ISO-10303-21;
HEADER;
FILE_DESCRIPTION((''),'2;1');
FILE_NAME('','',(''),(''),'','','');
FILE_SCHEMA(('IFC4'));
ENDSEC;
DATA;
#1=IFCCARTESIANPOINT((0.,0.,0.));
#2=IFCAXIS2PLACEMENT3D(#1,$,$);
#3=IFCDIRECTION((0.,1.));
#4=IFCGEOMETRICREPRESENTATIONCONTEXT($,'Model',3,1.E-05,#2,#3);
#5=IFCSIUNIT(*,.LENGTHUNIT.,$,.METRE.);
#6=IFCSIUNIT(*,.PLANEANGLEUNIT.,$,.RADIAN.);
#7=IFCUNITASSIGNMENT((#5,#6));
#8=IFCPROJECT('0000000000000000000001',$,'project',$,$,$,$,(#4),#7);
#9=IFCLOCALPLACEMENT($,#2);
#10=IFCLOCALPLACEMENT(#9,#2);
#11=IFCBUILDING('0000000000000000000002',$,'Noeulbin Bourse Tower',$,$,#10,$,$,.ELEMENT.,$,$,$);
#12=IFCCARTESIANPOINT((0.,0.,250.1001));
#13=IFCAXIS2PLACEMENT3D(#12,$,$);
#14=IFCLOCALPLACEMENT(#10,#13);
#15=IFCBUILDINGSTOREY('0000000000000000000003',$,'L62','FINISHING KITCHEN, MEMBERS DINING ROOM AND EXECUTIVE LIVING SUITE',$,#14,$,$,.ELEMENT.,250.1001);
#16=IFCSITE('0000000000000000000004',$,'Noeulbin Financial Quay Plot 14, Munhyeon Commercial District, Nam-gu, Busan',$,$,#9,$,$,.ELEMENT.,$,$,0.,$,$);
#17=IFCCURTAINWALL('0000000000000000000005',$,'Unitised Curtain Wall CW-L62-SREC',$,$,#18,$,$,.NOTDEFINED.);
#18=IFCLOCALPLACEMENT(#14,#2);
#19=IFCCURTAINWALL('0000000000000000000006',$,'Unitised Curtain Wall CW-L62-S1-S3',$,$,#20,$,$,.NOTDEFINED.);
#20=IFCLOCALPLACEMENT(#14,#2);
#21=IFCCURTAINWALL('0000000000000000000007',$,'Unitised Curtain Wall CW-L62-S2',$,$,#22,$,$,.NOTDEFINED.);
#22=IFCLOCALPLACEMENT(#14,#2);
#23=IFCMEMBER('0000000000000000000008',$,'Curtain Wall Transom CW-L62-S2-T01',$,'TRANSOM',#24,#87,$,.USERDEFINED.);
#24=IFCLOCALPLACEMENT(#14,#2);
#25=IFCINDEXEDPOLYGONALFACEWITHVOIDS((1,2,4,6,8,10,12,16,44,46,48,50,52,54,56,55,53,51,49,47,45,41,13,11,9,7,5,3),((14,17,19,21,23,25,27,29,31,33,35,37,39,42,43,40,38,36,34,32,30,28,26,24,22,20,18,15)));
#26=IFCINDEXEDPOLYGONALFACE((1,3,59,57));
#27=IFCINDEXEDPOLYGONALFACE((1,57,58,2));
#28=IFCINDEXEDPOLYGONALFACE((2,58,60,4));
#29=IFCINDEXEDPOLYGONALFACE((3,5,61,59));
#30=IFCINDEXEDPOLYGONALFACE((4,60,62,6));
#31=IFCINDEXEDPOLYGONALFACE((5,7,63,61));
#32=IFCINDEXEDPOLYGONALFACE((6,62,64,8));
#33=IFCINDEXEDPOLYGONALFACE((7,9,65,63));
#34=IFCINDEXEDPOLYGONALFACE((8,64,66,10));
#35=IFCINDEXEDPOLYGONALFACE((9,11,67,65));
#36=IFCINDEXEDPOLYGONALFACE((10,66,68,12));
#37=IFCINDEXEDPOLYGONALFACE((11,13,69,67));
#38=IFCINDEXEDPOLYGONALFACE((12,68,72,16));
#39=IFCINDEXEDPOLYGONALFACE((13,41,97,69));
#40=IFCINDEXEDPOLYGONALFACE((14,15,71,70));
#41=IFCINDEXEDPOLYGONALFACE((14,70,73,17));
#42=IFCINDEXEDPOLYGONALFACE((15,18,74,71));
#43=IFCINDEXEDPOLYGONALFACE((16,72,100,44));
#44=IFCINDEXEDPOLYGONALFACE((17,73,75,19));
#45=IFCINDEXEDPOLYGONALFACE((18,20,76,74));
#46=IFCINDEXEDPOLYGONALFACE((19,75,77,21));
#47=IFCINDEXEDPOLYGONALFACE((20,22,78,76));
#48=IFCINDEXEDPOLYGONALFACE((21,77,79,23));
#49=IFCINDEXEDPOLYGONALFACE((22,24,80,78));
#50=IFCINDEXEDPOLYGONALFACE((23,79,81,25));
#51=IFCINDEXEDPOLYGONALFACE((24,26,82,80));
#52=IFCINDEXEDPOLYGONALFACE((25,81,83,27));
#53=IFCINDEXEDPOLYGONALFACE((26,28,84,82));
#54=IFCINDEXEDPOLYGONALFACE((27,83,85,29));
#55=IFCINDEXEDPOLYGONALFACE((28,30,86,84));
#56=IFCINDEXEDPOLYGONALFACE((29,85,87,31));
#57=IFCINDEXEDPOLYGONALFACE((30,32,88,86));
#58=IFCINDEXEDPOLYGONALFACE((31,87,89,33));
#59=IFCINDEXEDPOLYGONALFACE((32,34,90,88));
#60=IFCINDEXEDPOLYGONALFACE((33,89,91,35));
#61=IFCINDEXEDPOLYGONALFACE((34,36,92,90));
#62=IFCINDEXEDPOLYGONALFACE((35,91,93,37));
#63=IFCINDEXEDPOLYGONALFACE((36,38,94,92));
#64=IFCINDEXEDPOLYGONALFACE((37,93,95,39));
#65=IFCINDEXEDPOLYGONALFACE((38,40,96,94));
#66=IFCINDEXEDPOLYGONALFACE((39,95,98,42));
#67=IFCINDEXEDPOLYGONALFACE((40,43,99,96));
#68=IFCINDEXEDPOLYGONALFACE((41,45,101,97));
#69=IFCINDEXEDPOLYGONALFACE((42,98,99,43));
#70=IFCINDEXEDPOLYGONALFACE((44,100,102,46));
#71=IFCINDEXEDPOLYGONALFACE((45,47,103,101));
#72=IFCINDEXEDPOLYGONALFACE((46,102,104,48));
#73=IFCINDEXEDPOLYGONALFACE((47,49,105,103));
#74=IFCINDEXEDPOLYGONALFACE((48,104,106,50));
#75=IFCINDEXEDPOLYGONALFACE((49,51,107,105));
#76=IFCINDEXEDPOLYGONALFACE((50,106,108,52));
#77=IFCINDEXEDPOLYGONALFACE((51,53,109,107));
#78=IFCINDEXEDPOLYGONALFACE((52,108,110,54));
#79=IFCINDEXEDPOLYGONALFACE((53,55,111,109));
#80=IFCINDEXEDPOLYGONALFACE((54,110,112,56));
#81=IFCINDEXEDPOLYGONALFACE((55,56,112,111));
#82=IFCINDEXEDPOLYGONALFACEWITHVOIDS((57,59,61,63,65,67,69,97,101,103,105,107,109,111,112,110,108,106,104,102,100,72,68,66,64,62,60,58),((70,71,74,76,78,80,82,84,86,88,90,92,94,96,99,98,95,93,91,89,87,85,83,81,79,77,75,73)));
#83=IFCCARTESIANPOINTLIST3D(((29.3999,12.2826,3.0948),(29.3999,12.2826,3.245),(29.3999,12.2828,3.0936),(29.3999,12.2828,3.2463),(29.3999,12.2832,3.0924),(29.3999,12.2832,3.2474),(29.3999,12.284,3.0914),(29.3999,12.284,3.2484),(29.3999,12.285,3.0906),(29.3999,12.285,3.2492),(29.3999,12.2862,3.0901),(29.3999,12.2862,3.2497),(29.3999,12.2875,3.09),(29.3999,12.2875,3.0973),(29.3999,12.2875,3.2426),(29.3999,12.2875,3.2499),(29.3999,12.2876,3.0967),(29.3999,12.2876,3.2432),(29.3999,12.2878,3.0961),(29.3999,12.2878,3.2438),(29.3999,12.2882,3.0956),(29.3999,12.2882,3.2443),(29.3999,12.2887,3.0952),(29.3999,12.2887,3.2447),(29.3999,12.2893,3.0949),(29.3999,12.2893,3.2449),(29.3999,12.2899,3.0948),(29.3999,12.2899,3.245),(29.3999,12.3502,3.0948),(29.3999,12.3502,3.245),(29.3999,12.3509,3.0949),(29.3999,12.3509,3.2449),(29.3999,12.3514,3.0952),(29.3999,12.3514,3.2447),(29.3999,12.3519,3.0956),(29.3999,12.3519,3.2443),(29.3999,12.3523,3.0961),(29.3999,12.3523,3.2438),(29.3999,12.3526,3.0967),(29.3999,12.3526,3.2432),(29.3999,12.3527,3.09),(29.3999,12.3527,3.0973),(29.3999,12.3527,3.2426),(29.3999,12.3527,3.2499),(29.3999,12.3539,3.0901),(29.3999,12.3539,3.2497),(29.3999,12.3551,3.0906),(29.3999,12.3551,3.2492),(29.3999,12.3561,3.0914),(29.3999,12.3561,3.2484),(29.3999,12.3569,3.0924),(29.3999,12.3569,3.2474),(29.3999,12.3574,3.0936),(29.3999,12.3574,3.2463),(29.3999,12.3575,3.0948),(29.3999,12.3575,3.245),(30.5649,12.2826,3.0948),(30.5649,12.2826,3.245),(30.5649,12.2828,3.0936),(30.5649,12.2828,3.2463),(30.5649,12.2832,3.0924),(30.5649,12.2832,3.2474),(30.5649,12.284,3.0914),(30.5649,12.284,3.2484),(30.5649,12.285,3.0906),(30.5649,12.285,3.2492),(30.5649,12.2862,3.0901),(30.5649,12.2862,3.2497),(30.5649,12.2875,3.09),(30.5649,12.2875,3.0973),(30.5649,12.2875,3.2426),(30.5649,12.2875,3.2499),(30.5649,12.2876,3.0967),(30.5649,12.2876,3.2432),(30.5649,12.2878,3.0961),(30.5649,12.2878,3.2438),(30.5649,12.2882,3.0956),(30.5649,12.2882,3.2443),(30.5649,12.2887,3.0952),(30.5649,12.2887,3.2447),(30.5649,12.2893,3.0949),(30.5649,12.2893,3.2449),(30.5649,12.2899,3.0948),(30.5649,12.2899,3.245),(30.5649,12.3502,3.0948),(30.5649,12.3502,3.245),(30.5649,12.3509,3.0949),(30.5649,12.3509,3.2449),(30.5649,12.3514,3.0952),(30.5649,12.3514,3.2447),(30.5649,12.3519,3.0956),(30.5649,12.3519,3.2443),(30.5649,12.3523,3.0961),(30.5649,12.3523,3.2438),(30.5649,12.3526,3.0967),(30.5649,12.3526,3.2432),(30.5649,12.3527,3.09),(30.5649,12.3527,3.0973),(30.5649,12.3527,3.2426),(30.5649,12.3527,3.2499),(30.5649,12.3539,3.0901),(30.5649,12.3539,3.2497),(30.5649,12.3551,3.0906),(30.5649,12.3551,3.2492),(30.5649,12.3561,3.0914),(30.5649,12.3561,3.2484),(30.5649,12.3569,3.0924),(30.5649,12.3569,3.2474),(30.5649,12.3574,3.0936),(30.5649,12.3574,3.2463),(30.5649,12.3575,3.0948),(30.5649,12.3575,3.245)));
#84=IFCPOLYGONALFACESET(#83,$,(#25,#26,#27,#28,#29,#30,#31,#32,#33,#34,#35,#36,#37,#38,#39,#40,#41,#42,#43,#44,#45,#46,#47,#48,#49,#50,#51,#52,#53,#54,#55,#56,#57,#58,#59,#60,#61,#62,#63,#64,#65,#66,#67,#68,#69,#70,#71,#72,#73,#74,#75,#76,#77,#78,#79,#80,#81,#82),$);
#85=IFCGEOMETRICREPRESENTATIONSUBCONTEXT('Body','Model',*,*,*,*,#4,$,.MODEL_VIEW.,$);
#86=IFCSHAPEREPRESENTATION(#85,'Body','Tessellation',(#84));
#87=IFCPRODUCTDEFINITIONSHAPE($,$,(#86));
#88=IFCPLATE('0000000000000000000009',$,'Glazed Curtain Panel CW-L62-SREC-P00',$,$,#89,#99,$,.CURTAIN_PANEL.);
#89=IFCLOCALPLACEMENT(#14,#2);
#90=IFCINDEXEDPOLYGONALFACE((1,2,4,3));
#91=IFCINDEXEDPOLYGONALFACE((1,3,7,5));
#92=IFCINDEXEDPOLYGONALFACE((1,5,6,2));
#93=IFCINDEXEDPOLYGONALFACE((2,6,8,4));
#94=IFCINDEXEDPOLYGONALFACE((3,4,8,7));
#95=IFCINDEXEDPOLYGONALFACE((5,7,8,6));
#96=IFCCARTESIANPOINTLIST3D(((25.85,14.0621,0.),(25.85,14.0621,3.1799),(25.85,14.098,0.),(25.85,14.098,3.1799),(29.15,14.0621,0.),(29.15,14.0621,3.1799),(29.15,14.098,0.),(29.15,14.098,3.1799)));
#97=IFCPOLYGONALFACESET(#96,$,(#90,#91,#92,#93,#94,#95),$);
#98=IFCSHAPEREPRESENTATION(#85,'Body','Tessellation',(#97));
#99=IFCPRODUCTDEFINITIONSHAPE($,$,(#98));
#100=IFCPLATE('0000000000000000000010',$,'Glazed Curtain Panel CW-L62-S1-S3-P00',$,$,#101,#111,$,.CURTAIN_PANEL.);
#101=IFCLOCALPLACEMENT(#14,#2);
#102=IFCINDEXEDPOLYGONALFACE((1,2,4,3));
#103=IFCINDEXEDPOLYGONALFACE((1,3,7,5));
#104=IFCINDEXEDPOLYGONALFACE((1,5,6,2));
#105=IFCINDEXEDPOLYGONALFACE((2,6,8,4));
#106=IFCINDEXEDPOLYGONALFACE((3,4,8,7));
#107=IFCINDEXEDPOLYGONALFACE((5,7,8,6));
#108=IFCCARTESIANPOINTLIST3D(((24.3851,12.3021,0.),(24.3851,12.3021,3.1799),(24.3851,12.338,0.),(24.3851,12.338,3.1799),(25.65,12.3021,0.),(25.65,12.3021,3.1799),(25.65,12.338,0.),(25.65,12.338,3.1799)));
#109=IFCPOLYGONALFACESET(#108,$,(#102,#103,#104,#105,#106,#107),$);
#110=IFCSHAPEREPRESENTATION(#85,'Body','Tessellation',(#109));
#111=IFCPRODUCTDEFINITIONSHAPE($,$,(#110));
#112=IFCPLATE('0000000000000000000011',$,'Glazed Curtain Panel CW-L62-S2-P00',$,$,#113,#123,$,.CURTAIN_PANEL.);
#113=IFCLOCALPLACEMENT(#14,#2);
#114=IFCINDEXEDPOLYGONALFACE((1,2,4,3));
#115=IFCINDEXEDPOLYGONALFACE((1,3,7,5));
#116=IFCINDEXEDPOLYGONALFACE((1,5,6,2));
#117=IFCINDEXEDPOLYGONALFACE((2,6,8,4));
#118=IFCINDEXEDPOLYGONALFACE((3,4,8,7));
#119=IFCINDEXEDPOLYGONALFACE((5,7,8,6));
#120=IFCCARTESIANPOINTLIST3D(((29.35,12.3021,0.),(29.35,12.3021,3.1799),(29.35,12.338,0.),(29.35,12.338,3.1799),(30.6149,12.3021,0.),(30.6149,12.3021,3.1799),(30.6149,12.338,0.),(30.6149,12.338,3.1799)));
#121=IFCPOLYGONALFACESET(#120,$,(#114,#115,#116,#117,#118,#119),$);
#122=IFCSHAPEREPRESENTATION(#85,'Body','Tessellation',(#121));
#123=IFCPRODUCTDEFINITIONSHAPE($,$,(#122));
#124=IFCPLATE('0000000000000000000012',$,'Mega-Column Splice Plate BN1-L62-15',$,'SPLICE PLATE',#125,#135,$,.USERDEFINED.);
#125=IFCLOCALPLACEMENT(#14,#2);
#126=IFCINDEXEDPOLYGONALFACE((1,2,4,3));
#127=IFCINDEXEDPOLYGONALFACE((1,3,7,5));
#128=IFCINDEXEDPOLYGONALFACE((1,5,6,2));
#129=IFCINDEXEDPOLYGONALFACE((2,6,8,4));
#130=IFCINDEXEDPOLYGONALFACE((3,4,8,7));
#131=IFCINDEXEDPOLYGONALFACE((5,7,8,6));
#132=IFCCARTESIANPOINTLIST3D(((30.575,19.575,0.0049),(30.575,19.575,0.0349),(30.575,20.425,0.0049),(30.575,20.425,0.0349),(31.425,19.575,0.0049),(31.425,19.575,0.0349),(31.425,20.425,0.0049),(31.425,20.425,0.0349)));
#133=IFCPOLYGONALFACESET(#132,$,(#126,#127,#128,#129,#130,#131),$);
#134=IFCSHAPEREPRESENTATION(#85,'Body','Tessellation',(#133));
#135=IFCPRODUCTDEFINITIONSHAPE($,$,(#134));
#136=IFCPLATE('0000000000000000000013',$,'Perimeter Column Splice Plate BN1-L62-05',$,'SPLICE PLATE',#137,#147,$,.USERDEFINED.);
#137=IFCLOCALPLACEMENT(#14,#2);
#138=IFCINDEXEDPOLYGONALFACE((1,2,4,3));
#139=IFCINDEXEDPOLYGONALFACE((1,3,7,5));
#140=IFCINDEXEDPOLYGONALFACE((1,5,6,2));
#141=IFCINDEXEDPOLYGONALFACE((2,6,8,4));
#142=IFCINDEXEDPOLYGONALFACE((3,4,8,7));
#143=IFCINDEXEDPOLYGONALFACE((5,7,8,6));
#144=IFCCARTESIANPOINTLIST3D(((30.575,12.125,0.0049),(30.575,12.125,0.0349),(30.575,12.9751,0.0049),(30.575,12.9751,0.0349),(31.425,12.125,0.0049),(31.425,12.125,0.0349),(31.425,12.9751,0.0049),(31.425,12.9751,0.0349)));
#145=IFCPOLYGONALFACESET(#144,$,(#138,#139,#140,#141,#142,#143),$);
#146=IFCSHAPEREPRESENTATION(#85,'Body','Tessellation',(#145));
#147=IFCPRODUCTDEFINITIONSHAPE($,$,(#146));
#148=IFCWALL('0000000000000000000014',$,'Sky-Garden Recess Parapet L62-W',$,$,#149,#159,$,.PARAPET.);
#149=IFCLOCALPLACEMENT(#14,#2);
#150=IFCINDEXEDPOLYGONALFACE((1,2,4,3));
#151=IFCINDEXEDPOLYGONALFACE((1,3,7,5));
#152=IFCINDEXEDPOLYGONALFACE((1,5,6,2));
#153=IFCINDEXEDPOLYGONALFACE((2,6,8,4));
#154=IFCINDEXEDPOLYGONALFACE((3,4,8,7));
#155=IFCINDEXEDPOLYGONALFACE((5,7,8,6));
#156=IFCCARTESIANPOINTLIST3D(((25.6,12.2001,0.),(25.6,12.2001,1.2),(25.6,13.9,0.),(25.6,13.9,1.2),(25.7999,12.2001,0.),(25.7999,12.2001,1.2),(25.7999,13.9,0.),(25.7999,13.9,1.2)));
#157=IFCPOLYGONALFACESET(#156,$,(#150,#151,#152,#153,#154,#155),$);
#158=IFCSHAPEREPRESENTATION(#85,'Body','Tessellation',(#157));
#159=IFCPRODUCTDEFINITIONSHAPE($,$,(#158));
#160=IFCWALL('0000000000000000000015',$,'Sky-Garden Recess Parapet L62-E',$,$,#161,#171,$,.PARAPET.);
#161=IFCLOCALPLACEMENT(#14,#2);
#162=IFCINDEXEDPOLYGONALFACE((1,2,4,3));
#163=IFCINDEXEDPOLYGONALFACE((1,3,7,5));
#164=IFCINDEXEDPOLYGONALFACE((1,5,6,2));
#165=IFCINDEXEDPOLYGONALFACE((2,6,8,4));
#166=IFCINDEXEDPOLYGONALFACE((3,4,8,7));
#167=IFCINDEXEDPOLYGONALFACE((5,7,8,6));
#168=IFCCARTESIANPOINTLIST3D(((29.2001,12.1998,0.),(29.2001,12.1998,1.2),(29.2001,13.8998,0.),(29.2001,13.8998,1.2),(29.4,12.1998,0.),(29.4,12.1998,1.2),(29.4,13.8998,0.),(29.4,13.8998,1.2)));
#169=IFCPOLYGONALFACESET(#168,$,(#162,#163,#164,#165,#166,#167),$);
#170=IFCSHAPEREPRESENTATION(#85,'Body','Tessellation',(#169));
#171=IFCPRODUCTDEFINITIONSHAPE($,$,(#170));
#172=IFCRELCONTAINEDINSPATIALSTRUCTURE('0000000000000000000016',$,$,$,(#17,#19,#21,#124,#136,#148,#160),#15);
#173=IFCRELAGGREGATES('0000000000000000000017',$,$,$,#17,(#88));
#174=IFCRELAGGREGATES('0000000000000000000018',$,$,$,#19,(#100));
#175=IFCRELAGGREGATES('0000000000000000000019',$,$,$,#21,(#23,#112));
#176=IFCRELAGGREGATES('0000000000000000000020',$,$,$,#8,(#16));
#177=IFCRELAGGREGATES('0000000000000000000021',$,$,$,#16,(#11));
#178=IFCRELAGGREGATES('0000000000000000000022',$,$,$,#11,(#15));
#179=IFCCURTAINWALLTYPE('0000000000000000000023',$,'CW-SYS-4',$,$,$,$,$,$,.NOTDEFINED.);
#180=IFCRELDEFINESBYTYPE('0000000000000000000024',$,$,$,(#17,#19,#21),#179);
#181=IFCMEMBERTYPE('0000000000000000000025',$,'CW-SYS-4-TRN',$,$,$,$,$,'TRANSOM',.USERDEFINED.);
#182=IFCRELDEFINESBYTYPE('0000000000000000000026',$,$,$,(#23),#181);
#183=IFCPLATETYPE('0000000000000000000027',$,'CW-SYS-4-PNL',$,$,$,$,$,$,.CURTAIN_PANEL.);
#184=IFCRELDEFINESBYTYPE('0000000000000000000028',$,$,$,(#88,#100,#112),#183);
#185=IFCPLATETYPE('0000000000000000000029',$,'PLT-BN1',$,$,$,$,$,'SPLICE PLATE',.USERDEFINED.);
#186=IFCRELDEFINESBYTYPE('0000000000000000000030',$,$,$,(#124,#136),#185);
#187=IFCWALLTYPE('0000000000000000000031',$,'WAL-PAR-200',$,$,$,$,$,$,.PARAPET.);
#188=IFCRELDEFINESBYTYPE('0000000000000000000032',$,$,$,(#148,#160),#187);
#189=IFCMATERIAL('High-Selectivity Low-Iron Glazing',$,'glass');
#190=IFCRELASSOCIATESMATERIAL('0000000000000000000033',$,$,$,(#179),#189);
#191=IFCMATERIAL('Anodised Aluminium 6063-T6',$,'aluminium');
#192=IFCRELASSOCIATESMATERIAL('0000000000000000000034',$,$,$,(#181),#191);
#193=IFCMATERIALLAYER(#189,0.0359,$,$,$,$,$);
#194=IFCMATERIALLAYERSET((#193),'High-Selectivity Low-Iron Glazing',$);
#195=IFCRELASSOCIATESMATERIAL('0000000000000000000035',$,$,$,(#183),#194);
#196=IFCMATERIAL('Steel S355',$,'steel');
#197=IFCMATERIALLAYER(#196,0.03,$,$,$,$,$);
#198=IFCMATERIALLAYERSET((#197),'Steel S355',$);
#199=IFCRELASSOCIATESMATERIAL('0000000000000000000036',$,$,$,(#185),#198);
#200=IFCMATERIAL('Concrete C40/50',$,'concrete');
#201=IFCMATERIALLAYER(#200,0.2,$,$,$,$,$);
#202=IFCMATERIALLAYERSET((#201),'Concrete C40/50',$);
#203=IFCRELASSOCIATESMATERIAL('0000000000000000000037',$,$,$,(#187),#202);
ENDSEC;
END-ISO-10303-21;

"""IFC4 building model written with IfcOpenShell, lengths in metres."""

from ifc_helpers import new_model, si_unit, direction, frame, frame_2d, origin, origin_2d, place, context, subcontext, project, spatial, rectangle, hollow_rectangle, extrude, material, layer, layer_set, material_profile, profile_set, type_object, element, aggregate, save


model = new_model("IFC4")

# Units and contexts
model_context = context("Model", 3, precision=1e-05, world=origin(), true_north=direction((0.0, 1.0)))
body_context = subcontext(model_context, "Body", "Model", "MODEL_VIEW")
ifc_project = project(units=[si_unit("LENGTHUNIT", "METRE"), si_unit("PLANEANGLEUNIT", "RADIAN")], contexts=[model_context])

# Site, building, storey
site_placement = place(None, origin())
site = spatial("IfcSite", under=ifc_project, at=site_placement, Name="Noeulbin Financial Quay Plot 14, Munhyeon Commercial District, Nam-gu, Busan", CompositionType="ELEMENT", RefElevation=0.0)
building_placement = place(site_placement, origin())
building = spatial("IfcBuilding", under=site, at=building_placement, Name="Noeulbin Bourse Tower", CompositionType="ELEMENT")
storey_placement = place(building_placement, frame((0.0, 0.0, 250.1001)))
storey = spatial("IfcBuildingStorey", under=building, at=storey_placement, Name="L62", Description="FINISHING KITCHEN, MEMBERS DINING ROOM AND EXECUTIVE LIVING SUITE", CompositionType="ELEMENT", Elevation=250.1001)

# Shared definitions
ifc_material_1 = material(Name="Steel S355", Category="steel")

# Curtain wall
ifc_material_2 = material(Name="High-Selectivity Low-Iron Glazing", Category="glass")
curtain_wall_type = type_object("IfcCurtainWallType", Name="CW-SYS-4", PredefinedType="NOTDEFINED", material=ifc_material_2)
curtain_wall_1_placement = place(storey_placement, origin())
curtain_wall_1 = element("IfcCurtainWall", 1, at=curtain_wall_1_placement, inside=storey, type_object=curtain_wall_type, Name="Unitised Curtain Wall CW-L62-SREC", PredefinedType="NOTDEFINED")
ifc_material_3 = material(Name="Anodised Aluminium 6063-T6", Category="aluminium")

# Curtain wall
curtain_wall_2_placement = place(storey_placement, origin())
curtain_wall_2 = element("IfcCurtainWall", 2, at=curtain_wall_2_placement, inside=storey, type_object=curtain_wall_type, Name="Unitised Curtain Wall CW-L62-S1-S3", PredefinedType="NOTDEFINED")

# Curtain wall
curtain_wall_3_placement = place(storey_placement, origin())
curtain_wall_3 = element("IfcCurtainWall", 3, at=curtain_wall_3_placement, inside=storey, type_object=curtain_wall_type, Name="Unitised Curtain Wall CW-L62-S2", PredefinedType="NOTDEFINED")

# Member
ifc_material_profile_1 = material_profile(ifc_material_3, hollow_rectangle(XDim=0.075, YDim=0.1599, WallThickness=0.0049, InnerFilletRadius=0.0024, OuterFilletRadius=0.0049, at=origin_2d()), Name="ALU-TRAN-75x160x5", Category="LoadBearing")
ifc_profile_set_1 = profile_set([ifc_material_profile_1], Name="Anodised Aluminium 6063-T6")
member_type_1 = type_object("IfcMemberType", Name="CW-SYS-4-TRN", ElementType="TRANSOM", PredefinedType="USERDEFINED", material=ifc_profile_set_1)
member_1_placement = place(storey_placement, frame((29.3999, 12.3201, 3.1699), z_axis=(1.0, 0.0, 0.0), x_axis=(0.0, 1.0, 0.0)))
member_1 = element("IfcMember", 4, at=member_1_placement, type_object=member_type_1, Name="Curtain Wall Transom CW-L62-S2-T01", ObjectType="TRANSOM", PredefinedType="USERDEFINED", context=body_context, shape_type="SweptSolid", body=[
    extrude(hollow_rectangle(XDim=0.075, YDim=0.1599, WallThickness=0.0049, InnerFilletRadius=0.0024, OuterFilletRadius=0.0049, at=origin_2d()), origin(), (0.0, 0.0, 1.0), 1.165),
])

# Plates
ifc_layer_1 = layer(ifc_material_2, 0.0359)
ifc_layer_set_1 = layer_set([ifc_layer_1], Name="High-Selectivity Low-Iron Glazing")
plate_type_1 = type_object("IfcPlateType", Name="CW-SYS-4-PNL", PredefinedType="CURTAIN_PANEL", material=ifc_layer_set_1)
plate_1_placement = place(storey_placement, frame((27.5, 14.0801, 0.0), z_axis=(0.0, 0.0, 1.0), x_axis=(1.0, 0.0, 0.0)))
plate_1 = element("IfcPlate", 5, at=plate_1_placement, type_object=plate_type_1, Name="Glazed Curtain Panel CW-L62-SREC-P00", PredefinedType="CURTAIN_PANEL", context=body_context, shape_type="SweptSolid", body=[
    extrude(rectangle(XDim=3.3, YDim=0.0359, at=origin_2d()), origin(), (0.0, 0.0, 1.0), 3.1799),
])
aggregate(curtain_wall_1, [plate_1])
plate_2_placement = place(storey_placement, frame((25.0176, 12.3201, 0.0), z_axis=(0.0, 0.0, 1.0), x_axis=(1.0, 0.0, 0.0)))
plate_2 = element("IfcPlate", 6, at=plate_2_placement, type_object=plate_type_1, Name="Glazed Curtain Panel CW-L62-S1-S3-P00", PredefinedType="CURTAIN_PANEL", context=body_context, shape_type="SweptSolid", body=[
    extrude(rectangle(XDim=1.2649, YDim=0.0359, at=origin_2d()), origin(), (0.0, 0.0, 1.0), 3.1799),
])
aggregate(curtain_wall_2, [plate_2])
plate_3_placement = place(storey_placement, frame((29.9824, 12.3201, 0.0), z_axis=(0.0, 0.0, 1.0), x_axis=(1.0, 0.0, 0.0)))
plate_3 = element("IfcPlate", 7, at=plate_3_placement, type_object=plate_type_1, Name="Glazed Curtain Panel CW-L62-S2-P00", PredefinedType="CURTAIN_PANEL", context=body_context, shape_type="SweptSolid", body=[
    extrude(rectangle(XDim=1.2649, YDim=0.0359, at=origin_2d()), origin(), (0.0, 0.0, 1.0), 3.1799),
])
aggregate(curtain_wall_3, [member_1, plate_3])

# Plates
ifc_layer_2 = layer(ifc_material_1, 0.03)
ifc_layer_set_2 = layer_set([ifc_layer_2], Name="Steel S355")
plate_type_2 = type_object("IfcPlateType", Name="PLT-BN1", ElementType="SPLICE PLATE", PredefinedType="USERDEFINED", material=ifc_layer_set_2)
for number, where, z_axis, x_axis, name in (
    (8, (31.0, 20.0, 0.0049), (0.0, 0.0, 1.0), (1.0, 0.0, 0.0), "Mega-Column Splice Plate BN1-L62-15"),
    (9, (31.0, 12.55, 0.0049), (0.0, 0.0, 1.0), (1.0, 0.0, 0.0), "Perimeter Column Splice Plate BN1-L62-05"),
):
    element("IfcPlate", number, at=place(storey_placement, frame(where, z_axis=z_axis, x_axis=x_axis)), inside=storey, type_object=plate_type_2, Name=name, ObjectType="SPLICE PLATE", PredefinedType="USERDEFINED", context=body_context, shape_type="SweptSolid", body=[
        extrude(rectangle(XDim=0.8501, YDim=0.8501, at=origin_2d()), origin(), (0.0, 0.0, 1.0), 0.03),
    ])

# Walls
ifc_material_4 = material(Name="Concrete C40/50", Category="concrete")
ifc_layer_3 = layer(ifc_material_4, 0.2)
ifc_layer_set_3 = layer_set([ifc_layer_3], Name="Concrete C40/50")
wall_type_1 = type_object("IfcWallType", Name="WAL-PAR-200", PredefinedType="PARAPET", material=ifc_layer_set_3)
for number, where, z_axis, x_axis, name in (
    (10, (25.7, 12.2, 0.0), (0.0, 0.0, 1.0), (0.0, 1.0, 0.0), "Sky-Garden Recess Parapet L62-W"),
    (11, (29.3, 13.8999, 0.0), (0.0, 0.0, 1.0), (0.0, -1.0, 0.0), "Sky-Garden Recess Parapet L62-E"),
):
    element("IfcWall", number, at=place(storey_placement, frame(where, z_axis=z_axis, x_axis=x_axis)), inside=storey, type_object=wall_type_1, Name=name, PredefinedType="PARAPET", context=body_context, shape_type="SweptSolid", body=[
        extrude(rectangle(XDim=1.7, YDim=0.2, at=frame_2d((0.8501, 0.0))), origin(), (0.0, 0.0, 1.0), 1.2),
    ])

save(model, "model.ifc")
